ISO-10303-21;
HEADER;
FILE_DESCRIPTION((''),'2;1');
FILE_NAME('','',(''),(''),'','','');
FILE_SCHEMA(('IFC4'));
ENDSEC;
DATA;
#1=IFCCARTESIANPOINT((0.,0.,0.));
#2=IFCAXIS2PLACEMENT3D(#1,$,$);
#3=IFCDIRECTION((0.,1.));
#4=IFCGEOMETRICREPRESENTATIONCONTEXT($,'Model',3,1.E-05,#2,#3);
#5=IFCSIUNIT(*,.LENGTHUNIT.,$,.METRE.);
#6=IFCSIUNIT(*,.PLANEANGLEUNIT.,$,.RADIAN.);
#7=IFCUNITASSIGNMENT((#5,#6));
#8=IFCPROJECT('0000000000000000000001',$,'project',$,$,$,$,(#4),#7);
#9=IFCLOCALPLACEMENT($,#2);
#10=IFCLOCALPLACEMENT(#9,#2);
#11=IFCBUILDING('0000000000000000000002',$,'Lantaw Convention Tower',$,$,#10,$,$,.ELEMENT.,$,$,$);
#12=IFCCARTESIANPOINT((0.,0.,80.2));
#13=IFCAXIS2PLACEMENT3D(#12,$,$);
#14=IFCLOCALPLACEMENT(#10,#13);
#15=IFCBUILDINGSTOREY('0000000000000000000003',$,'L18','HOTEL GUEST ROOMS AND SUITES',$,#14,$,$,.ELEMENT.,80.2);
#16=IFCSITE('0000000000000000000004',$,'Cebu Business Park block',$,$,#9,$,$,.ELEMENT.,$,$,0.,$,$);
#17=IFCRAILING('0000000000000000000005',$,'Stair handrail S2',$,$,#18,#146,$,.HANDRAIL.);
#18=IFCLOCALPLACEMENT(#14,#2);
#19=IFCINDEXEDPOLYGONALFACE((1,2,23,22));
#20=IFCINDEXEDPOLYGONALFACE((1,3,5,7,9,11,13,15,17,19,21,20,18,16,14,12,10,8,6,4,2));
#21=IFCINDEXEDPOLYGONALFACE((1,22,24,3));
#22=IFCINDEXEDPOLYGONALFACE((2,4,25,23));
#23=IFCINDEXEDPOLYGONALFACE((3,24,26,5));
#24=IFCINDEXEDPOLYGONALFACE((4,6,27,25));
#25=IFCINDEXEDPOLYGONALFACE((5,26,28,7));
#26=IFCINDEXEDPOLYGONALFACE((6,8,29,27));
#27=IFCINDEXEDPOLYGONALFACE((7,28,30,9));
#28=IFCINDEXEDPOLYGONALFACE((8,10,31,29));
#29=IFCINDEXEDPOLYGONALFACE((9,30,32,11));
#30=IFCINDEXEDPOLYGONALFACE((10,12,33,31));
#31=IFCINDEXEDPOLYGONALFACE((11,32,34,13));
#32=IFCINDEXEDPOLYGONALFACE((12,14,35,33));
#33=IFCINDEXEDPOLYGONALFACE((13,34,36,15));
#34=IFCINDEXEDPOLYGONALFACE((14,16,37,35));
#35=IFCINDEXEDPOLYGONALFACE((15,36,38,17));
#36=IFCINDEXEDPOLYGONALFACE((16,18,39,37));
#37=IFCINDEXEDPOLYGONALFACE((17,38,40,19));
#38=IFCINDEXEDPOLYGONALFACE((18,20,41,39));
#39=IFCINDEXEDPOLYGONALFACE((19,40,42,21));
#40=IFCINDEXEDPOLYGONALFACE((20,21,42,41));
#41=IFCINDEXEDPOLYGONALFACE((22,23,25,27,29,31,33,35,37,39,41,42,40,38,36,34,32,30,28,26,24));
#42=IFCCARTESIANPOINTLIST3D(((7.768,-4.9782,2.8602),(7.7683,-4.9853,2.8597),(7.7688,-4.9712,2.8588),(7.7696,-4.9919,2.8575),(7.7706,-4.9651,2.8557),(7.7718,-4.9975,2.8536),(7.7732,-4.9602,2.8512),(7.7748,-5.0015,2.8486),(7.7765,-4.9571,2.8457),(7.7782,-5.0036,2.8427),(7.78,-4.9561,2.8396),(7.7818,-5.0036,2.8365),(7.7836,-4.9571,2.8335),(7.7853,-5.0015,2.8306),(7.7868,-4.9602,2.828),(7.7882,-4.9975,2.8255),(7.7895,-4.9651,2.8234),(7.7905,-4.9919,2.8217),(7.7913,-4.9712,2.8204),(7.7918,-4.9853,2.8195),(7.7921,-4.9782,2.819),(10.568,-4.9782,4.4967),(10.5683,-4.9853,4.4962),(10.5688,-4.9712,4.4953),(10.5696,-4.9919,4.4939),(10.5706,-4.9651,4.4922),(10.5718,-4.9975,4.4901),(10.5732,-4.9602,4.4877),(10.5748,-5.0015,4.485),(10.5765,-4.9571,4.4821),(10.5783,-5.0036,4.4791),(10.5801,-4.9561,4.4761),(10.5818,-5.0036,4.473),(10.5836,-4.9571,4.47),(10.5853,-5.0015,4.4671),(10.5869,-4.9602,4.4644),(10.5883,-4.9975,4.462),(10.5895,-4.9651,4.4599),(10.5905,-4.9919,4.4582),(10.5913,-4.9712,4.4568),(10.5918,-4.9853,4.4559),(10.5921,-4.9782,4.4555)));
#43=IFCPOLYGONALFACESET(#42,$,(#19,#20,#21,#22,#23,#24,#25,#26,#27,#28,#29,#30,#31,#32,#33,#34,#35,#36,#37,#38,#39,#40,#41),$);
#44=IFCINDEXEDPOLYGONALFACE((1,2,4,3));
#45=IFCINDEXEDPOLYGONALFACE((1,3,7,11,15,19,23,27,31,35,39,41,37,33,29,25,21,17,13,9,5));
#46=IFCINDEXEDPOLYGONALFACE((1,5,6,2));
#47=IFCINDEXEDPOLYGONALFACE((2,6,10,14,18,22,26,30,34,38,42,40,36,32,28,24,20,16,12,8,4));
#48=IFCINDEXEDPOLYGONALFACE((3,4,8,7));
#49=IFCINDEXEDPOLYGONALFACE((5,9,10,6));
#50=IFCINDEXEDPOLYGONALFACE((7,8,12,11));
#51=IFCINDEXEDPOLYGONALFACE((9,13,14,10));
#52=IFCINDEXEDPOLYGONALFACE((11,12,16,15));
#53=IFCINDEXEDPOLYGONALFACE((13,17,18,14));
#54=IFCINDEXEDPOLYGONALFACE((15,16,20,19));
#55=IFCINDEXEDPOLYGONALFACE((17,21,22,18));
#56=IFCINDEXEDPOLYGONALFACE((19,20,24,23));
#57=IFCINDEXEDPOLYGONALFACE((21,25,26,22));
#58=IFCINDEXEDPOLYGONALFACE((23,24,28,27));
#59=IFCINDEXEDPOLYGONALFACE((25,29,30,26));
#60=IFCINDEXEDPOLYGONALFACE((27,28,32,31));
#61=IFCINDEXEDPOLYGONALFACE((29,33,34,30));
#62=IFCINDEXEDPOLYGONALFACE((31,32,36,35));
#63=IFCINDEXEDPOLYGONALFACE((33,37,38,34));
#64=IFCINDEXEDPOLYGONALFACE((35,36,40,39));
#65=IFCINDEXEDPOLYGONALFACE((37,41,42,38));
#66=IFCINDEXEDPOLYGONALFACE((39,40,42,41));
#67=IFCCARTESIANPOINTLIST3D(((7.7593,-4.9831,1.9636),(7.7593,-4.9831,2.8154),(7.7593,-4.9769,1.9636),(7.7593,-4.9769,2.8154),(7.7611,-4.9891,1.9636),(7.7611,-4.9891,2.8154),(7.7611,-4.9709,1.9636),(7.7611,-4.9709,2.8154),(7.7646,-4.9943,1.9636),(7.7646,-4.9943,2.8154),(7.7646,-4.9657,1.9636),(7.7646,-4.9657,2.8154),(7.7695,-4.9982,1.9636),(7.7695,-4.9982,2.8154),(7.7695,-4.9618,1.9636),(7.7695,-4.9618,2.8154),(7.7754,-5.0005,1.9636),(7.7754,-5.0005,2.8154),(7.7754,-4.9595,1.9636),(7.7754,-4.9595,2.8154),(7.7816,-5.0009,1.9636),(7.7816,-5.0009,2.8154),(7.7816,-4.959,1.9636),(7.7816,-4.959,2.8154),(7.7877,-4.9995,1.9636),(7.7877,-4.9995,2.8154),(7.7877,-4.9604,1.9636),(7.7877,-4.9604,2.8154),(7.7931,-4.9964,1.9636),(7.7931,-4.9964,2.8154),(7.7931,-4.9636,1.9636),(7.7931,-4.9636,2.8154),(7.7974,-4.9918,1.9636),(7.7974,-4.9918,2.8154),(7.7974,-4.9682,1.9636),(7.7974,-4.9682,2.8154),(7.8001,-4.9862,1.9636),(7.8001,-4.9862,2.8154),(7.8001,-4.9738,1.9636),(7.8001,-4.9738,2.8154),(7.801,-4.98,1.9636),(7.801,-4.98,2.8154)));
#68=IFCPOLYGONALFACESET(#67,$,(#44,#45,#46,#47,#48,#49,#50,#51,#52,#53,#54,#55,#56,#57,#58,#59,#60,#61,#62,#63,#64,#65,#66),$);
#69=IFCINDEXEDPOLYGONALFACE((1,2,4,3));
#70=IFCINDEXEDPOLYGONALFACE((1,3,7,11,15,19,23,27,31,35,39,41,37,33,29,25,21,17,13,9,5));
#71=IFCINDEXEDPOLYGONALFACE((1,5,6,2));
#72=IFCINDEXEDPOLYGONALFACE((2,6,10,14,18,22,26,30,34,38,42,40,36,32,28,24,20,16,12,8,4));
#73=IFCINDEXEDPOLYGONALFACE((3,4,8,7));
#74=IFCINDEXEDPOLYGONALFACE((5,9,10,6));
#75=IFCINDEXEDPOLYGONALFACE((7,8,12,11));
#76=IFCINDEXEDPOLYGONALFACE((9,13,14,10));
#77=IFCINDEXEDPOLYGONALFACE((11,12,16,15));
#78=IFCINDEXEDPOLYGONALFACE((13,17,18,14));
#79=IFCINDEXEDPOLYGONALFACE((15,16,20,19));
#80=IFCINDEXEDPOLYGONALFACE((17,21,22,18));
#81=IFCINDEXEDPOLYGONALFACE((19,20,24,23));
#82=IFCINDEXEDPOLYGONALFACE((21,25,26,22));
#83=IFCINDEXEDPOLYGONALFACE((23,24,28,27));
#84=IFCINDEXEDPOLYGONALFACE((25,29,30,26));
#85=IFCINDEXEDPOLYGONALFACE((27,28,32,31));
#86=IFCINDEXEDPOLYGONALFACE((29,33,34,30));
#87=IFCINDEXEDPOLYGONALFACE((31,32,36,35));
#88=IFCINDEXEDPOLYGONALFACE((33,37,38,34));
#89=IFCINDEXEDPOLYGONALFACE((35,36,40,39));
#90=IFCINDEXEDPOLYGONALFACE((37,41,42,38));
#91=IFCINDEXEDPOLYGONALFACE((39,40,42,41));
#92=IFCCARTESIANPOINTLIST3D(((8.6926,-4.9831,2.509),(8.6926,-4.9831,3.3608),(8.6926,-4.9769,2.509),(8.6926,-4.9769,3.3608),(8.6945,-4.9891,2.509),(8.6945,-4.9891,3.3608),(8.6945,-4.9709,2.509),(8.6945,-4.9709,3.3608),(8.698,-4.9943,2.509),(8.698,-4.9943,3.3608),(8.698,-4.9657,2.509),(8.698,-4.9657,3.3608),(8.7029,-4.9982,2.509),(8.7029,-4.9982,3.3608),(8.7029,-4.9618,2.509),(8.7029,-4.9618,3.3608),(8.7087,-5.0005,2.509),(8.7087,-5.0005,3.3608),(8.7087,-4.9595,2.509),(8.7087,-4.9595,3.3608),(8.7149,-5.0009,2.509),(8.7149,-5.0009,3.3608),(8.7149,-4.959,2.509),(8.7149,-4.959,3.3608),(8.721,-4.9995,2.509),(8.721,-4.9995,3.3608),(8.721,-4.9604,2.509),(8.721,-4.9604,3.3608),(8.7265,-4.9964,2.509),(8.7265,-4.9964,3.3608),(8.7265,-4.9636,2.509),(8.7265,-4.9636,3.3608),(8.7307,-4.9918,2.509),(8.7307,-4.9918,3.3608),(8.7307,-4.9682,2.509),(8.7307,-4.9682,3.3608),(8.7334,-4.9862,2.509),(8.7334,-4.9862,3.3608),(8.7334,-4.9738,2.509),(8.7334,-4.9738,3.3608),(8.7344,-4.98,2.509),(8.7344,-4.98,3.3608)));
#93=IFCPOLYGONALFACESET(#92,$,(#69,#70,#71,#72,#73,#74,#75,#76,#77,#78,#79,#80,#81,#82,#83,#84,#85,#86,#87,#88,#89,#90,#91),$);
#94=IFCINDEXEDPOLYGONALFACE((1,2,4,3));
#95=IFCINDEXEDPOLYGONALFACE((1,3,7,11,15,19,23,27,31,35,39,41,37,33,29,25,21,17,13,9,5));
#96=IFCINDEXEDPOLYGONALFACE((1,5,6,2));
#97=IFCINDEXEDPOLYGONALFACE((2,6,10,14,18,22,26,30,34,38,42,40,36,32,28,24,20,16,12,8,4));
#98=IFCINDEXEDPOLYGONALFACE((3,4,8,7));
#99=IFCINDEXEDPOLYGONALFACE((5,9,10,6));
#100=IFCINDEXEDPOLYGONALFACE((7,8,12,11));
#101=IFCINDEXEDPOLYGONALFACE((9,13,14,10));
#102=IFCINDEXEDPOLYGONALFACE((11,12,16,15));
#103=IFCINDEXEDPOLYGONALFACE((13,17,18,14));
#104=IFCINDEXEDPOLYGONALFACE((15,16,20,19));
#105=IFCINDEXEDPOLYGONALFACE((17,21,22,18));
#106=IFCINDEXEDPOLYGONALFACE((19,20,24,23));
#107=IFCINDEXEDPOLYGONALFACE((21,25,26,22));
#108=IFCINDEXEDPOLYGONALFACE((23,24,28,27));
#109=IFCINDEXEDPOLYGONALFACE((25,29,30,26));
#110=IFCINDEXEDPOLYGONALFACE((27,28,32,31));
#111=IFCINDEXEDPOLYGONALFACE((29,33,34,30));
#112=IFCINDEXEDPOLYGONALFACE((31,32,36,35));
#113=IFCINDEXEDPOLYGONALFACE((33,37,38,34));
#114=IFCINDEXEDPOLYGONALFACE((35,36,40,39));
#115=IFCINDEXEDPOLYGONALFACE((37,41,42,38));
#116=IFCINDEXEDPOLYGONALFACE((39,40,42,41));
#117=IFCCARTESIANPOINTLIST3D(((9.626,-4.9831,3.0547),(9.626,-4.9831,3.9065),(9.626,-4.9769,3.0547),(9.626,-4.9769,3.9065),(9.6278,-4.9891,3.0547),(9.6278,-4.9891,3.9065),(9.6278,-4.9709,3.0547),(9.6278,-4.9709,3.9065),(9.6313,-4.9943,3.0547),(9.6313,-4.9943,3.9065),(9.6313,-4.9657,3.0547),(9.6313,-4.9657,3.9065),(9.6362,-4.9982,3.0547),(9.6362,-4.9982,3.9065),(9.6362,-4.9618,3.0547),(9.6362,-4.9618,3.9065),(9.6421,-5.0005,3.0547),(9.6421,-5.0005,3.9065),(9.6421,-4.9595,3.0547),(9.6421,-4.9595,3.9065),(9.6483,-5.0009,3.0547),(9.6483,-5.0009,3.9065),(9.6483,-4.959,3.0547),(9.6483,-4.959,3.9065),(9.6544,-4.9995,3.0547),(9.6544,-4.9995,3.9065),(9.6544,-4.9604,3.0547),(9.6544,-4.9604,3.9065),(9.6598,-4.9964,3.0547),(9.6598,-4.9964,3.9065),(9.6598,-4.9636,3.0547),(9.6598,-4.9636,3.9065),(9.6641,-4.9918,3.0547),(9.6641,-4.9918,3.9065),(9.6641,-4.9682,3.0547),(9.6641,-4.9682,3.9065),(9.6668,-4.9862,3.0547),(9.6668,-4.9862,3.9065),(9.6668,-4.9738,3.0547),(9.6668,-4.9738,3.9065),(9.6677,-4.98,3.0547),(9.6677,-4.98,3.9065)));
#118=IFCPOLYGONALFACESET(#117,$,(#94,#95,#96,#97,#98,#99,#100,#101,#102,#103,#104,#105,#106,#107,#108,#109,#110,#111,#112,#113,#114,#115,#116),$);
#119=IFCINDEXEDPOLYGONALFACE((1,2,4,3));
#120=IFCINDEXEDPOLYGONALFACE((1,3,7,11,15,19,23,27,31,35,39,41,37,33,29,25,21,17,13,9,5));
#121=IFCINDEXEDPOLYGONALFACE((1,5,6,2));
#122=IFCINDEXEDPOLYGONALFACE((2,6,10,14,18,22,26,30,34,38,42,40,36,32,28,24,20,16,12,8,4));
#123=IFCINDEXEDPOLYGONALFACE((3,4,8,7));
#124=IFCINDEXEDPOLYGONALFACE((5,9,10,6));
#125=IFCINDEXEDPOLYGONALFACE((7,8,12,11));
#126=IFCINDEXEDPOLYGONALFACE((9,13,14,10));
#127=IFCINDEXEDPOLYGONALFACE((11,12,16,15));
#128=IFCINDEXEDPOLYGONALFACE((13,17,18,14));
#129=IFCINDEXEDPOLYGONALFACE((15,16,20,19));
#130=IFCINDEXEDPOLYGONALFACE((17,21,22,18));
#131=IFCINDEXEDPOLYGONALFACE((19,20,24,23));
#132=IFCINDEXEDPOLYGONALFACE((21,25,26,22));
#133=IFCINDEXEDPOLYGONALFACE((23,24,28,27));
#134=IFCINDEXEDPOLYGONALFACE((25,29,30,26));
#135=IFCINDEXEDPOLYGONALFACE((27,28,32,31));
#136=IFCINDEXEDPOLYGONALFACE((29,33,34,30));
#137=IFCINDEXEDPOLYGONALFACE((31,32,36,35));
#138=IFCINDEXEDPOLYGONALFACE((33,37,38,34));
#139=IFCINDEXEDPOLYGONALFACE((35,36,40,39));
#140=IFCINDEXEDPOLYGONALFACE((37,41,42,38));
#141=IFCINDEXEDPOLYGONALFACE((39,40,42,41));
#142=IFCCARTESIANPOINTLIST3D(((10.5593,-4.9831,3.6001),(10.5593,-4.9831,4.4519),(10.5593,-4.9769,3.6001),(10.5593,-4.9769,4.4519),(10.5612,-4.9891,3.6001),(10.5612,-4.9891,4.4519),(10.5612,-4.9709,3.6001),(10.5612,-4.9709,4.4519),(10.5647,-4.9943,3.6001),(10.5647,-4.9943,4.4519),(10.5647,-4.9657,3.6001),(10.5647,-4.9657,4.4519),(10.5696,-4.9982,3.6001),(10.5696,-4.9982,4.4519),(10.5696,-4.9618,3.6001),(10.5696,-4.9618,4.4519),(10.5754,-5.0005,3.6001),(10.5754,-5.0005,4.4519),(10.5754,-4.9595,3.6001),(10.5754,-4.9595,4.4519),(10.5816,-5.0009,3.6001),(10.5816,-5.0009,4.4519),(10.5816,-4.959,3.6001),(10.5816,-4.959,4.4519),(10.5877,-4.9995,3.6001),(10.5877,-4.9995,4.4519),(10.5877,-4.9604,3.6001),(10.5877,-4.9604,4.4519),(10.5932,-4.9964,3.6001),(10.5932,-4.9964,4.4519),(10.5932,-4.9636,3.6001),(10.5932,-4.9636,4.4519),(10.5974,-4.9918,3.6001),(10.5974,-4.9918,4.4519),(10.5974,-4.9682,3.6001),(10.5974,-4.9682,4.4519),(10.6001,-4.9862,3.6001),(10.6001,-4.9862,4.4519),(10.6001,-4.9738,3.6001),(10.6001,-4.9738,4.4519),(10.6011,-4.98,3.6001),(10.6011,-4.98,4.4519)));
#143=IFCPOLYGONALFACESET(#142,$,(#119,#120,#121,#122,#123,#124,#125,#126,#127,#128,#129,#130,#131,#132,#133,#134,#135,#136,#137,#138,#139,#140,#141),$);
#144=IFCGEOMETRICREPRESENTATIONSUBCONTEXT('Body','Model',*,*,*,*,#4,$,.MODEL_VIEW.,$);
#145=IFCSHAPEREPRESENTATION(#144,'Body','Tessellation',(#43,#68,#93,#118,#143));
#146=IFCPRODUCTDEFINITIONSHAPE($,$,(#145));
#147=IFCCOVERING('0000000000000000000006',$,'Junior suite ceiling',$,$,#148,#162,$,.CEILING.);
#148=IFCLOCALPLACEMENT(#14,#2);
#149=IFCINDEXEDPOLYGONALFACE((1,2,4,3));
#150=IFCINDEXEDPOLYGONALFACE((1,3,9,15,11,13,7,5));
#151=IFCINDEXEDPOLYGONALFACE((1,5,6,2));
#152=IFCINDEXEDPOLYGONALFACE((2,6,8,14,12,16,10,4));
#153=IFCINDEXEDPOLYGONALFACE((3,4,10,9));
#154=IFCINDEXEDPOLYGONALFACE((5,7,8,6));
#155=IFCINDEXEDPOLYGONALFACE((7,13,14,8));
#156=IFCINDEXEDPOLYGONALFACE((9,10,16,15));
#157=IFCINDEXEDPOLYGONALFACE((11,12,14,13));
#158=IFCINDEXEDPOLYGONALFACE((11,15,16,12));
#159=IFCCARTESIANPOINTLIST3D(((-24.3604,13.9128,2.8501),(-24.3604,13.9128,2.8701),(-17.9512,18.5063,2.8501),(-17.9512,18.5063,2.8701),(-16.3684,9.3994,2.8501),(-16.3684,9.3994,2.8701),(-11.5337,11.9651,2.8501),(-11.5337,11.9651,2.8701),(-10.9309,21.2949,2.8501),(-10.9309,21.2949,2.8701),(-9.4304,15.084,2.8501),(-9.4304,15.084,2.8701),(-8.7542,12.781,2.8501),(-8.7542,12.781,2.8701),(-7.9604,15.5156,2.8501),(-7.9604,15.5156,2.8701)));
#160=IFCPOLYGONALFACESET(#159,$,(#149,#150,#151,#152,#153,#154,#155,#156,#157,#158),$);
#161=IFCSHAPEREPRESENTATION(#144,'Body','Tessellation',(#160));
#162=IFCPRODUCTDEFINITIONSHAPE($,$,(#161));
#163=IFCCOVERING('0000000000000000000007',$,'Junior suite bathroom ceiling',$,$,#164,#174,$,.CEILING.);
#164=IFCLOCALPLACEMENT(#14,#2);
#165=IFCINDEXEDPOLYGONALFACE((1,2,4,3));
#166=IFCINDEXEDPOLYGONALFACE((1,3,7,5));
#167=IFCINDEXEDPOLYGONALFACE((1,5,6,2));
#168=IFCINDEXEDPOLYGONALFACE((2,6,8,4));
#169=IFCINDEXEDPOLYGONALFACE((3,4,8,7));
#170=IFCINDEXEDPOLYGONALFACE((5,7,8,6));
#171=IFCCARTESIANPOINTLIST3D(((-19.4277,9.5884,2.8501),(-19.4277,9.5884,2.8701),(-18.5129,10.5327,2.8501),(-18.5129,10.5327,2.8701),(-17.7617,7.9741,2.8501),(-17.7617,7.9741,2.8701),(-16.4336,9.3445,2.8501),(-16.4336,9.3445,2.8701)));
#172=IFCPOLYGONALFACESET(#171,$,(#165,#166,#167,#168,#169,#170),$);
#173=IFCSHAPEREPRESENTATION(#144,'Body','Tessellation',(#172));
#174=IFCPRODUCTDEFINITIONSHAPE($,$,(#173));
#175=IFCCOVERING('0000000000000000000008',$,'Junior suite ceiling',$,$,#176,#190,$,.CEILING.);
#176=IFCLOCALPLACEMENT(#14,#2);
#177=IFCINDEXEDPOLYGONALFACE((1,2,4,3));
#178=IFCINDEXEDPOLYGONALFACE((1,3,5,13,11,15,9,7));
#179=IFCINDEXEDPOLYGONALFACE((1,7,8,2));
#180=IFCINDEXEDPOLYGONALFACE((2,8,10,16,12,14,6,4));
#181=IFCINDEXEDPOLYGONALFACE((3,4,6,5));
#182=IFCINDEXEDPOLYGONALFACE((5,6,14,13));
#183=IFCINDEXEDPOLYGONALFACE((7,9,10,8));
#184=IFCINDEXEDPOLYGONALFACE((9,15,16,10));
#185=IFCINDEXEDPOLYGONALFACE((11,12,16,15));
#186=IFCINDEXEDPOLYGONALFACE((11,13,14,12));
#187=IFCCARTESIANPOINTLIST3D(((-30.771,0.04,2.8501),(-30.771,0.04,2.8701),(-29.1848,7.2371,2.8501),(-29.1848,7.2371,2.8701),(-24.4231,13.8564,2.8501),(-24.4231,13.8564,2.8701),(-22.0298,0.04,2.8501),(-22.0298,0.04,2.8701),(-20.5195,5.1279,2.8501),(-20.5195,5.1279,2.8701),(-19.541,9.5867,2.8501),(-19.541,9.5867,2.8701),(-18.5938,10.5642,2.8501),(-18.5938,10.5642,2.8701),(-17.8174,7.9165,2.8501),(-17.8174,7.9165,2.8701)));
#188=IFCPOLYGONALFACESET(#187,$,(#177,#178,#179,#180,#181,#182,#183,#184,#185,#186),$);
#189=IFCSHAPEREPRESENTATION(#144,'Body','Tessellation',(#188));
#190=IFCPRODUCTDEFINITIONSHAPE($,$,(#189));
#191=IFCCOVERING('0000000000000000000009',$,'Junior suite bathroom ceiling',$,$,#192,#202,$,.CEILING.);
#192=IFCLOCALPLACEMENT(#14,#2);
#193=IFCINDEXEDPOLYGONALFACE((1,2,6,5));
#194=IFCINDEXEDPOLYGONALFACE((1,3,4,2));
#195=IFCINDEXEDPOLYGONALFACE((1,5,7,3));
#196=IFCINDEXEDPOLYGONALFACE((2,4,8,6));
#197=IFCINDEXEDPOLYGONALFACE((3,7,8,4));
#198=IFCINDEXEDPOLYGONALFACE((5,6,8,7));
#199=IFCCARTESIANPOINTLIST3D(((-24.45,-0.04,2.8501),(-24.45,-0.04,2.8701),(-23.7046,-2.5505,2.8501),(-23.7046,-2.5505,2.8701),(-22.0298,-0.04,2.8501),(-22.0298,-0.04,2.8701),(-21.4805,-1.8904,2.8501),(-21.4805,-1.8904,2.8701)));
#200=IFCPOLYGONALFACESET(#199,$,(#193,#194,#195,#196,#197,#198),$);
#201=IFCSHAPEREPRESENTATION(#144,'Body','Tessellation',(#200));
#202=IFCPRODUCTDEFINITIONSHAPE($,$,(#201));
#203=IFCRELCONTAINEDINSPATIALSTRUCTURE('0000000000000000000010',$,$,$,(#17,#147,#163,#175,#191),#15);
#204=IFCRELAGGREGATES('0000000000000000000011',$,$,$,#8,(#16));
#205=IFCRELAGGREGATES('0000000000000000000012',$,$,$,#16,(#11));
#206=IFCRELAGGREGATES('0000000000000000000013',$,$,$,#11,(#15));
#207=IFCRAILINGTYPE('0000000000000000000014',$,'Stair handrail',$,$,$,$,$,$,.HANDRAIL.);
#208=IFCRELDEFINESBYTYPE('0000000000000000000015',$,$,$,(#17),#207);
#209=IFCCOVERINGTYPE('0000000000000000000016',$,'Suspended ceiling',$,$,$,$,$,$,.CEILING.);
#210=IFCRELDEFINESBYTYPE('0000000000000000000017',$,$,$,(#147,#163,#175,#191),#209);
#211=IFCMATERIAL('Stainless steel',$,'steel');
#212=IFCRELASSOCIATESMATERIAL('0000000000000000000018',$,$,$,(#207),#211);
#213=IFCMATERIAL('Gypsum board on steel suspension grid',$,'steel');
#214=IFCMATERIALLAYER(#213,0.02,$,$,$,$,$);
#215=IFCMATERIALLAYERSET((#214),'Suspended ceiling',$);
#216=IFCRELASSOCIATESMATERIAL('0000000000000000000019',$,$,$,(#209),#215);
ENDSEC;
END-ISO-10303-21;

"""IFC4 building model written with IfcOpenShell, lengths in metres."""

from ifc_helpers import new_model, si_unit, direction, frame, origin, origin_2d, place, context, subcontext, project, spatial, polyline, circle, outline, extrude, material, layer, layer_set, type_object, element, save


model = new_model("IFC4")

# Units and contexts
model_context = context("Model", 3, precision=1e-05, world=origin(), true_north=direction((0.0, 1.0)))
body_context = subcontext(model_context, "Body", "Model", "MODEL_VIEW")
ifc_project = project(units=[si_unit("LENGTHUNIT", "METRE"), si_unit("PLANEANGLEUNIT", "RADIAN")], contexts=[model_context])

# Site, building, storey
site_placement = place(None, origin())
site = spatial("IfcSite", under=ifc_project, at=site_placement, Name="Cebu Business Park block", CompositionType="ELEMENT", RefElevation=0.0)
building_placement = place(site_placement, origin())
building = spatial("IfcBuilding", under=site, at=building_placement, Name="Lantaw Convention Tower", CompositionType="ELEMENT")
storey_placement = place(building_placement, frame((0.0, 0.0, 80.2)))
storey = spatial("IfcBuildingStorey", under=building, at=storey_placement, Name="L18", Description="HOTEL GUEST ROOMS AND SUITES", CompositionType="ELEMENT", Elevation=80.2)

# Railing
ifc_material_1 = material(Name="Stainless steel", Category="steel")
railing_type = type_object("IfcRailingType", Name="Stair handrail", PredefinedType="HANDRAIL", material=ifc_material_1)
railing_1_placement = place(storey_placement, frame((7.78, -4.98, 1.9636)))
element("IfcRailing", 1, at=railing_1_placement, inside=storey, type_object=railing_type, Name="Stair handrail S2", PredefinedType="HANDRAIL", context=body_context, shape_type="SweptSolid", body=[
    extrude(circle(Radius=0.0239, at=origin_2d()), frame((0.0, 0.0, 0.876), z_axis=(0.863361, 0.0, 0.504587), x_axis=(0.0, 1.0, 0.0)), (0.0, 0.0, 1.0), 3.2432),
    extrude(circle(Radius=0.021, at=origin_2d()), origin(), (0.0, 0.0, 1.0), 0.8518),
    extrude(circle(Radius=0.021, at=origin_2d()), frame((0.9333, 0.0, 0.5454)), (0.0, 0.0, 1.0), 0.8518),
    extrude(circle(Radius=0.021, at=origin_2d()), frame((1.8667, 0.0, 1.0911)), (0.0, 0.0, 1.0), 0.8518),
    extrude(circle(Radius=0.021, at=origin_2d()), frame((2.8, 0.0, 1.6365)), (0.0, 0.0, 1.0), 0.8518),
])

# Coverings
ifc_material_2 = material(Name="Gypsum board on steel suspension grid", Category="steel")
ifc_layer_1 = layer(ifc_material_2, 0.02)
ifc_layer_set_1 = layer_set([ifc_layer_1], Name="Suspended ceiling")
covering_type = type_object("IfcCoveringType", Name="Suspended ceiling", PredefinedType="CEILING", material=ifc_layer_set_1)
covering_1_placement = place(storey_placement, frame((0.0, 0.0, 2.8501)))
element("IfcCovering", 2, at=covering_1_placement, inside=storey, type_object=covering_type, Name="Junior suite ceiling", PredefinedType="CEILING", context=body_context, shape_type="SweptSolid", body=[
    extrude(outline(polyline([(-11.5337, 11.9651), (-8.7542, 12.781), (-9.4304, 15.084), (-7.9604, 15.5156), (-10.9309, 21.2949), (-17.9512, 18.5063), (-24.3604, 13.9128), (-16.3684, 9.3994), (-11.5337, 11.9651)])), origin(), (0.0, 0.0, 1.0), 0.02),
])
covering_2_placement = place(storey_placement, frame((0.0, 0.0, 2.8501)))
element("IfcCovering", 3, at=covering_2_placement, inside=storey, type_object=covering_type, Name="Junior suite bathroom ceiling", PredefinedType="CEILING", context=body_context, shape_type="SweptSolid", body=[
    extrude(outline(polyline([(-16.4336, 9.3445), (-18.5129, 10.5327), (-19.4277, 9.5884), (-17.7617, 7.9741), (-16.4336, 9.3445)])), origin(), (0.0, 0.0, 1.0), 0.02),
])
covering_3_placement = place(storey_placement, frame((0.0, 0.0, 2.8501)))
element("IfcCovering", 4, at=covering_3_placement, inside=storey, type_object=covering_type, Name="Junior suite ceiling", PredefinedType="CEILING", context=body_context, shape_type="SweptSolid", body=[
    extrude(outline(polyline([(-20.5195, 5.1279), (-17.8174, 7.9165), (-19.541, 9.5867), (-18.5938, 10.5642), (-24.4231, 13.8564), (-29.1848, 7.2371), (-30.771, 0.04), (-22.0298, 0.04), (-20.5195, 5.1279)])), origin(), (0.0, 0.0, 1.0), 0.02),
])
covering_4_placement = place(storey_placement, frame((0.0, 0.0, 2.8501)))
element("IfcCovering", 5, at=covering_4_placement, inside=storey, type_object=covering_type, Name="Junior suite bathroom ceiling", PredefinedType="CEILING", context=body_context, shape_type="SweptSolid", body=[
    extrude(outline(polyline([(-22.0298, -0.04), (-24.45, -0.04), (-23.7046, -2.5505), (-21.4805, -1.8904), (-22.0298, -0.04)])), origin(), (0.0, 0.0, 1.0), 0.02),
])

save(model, "model.ifc")
